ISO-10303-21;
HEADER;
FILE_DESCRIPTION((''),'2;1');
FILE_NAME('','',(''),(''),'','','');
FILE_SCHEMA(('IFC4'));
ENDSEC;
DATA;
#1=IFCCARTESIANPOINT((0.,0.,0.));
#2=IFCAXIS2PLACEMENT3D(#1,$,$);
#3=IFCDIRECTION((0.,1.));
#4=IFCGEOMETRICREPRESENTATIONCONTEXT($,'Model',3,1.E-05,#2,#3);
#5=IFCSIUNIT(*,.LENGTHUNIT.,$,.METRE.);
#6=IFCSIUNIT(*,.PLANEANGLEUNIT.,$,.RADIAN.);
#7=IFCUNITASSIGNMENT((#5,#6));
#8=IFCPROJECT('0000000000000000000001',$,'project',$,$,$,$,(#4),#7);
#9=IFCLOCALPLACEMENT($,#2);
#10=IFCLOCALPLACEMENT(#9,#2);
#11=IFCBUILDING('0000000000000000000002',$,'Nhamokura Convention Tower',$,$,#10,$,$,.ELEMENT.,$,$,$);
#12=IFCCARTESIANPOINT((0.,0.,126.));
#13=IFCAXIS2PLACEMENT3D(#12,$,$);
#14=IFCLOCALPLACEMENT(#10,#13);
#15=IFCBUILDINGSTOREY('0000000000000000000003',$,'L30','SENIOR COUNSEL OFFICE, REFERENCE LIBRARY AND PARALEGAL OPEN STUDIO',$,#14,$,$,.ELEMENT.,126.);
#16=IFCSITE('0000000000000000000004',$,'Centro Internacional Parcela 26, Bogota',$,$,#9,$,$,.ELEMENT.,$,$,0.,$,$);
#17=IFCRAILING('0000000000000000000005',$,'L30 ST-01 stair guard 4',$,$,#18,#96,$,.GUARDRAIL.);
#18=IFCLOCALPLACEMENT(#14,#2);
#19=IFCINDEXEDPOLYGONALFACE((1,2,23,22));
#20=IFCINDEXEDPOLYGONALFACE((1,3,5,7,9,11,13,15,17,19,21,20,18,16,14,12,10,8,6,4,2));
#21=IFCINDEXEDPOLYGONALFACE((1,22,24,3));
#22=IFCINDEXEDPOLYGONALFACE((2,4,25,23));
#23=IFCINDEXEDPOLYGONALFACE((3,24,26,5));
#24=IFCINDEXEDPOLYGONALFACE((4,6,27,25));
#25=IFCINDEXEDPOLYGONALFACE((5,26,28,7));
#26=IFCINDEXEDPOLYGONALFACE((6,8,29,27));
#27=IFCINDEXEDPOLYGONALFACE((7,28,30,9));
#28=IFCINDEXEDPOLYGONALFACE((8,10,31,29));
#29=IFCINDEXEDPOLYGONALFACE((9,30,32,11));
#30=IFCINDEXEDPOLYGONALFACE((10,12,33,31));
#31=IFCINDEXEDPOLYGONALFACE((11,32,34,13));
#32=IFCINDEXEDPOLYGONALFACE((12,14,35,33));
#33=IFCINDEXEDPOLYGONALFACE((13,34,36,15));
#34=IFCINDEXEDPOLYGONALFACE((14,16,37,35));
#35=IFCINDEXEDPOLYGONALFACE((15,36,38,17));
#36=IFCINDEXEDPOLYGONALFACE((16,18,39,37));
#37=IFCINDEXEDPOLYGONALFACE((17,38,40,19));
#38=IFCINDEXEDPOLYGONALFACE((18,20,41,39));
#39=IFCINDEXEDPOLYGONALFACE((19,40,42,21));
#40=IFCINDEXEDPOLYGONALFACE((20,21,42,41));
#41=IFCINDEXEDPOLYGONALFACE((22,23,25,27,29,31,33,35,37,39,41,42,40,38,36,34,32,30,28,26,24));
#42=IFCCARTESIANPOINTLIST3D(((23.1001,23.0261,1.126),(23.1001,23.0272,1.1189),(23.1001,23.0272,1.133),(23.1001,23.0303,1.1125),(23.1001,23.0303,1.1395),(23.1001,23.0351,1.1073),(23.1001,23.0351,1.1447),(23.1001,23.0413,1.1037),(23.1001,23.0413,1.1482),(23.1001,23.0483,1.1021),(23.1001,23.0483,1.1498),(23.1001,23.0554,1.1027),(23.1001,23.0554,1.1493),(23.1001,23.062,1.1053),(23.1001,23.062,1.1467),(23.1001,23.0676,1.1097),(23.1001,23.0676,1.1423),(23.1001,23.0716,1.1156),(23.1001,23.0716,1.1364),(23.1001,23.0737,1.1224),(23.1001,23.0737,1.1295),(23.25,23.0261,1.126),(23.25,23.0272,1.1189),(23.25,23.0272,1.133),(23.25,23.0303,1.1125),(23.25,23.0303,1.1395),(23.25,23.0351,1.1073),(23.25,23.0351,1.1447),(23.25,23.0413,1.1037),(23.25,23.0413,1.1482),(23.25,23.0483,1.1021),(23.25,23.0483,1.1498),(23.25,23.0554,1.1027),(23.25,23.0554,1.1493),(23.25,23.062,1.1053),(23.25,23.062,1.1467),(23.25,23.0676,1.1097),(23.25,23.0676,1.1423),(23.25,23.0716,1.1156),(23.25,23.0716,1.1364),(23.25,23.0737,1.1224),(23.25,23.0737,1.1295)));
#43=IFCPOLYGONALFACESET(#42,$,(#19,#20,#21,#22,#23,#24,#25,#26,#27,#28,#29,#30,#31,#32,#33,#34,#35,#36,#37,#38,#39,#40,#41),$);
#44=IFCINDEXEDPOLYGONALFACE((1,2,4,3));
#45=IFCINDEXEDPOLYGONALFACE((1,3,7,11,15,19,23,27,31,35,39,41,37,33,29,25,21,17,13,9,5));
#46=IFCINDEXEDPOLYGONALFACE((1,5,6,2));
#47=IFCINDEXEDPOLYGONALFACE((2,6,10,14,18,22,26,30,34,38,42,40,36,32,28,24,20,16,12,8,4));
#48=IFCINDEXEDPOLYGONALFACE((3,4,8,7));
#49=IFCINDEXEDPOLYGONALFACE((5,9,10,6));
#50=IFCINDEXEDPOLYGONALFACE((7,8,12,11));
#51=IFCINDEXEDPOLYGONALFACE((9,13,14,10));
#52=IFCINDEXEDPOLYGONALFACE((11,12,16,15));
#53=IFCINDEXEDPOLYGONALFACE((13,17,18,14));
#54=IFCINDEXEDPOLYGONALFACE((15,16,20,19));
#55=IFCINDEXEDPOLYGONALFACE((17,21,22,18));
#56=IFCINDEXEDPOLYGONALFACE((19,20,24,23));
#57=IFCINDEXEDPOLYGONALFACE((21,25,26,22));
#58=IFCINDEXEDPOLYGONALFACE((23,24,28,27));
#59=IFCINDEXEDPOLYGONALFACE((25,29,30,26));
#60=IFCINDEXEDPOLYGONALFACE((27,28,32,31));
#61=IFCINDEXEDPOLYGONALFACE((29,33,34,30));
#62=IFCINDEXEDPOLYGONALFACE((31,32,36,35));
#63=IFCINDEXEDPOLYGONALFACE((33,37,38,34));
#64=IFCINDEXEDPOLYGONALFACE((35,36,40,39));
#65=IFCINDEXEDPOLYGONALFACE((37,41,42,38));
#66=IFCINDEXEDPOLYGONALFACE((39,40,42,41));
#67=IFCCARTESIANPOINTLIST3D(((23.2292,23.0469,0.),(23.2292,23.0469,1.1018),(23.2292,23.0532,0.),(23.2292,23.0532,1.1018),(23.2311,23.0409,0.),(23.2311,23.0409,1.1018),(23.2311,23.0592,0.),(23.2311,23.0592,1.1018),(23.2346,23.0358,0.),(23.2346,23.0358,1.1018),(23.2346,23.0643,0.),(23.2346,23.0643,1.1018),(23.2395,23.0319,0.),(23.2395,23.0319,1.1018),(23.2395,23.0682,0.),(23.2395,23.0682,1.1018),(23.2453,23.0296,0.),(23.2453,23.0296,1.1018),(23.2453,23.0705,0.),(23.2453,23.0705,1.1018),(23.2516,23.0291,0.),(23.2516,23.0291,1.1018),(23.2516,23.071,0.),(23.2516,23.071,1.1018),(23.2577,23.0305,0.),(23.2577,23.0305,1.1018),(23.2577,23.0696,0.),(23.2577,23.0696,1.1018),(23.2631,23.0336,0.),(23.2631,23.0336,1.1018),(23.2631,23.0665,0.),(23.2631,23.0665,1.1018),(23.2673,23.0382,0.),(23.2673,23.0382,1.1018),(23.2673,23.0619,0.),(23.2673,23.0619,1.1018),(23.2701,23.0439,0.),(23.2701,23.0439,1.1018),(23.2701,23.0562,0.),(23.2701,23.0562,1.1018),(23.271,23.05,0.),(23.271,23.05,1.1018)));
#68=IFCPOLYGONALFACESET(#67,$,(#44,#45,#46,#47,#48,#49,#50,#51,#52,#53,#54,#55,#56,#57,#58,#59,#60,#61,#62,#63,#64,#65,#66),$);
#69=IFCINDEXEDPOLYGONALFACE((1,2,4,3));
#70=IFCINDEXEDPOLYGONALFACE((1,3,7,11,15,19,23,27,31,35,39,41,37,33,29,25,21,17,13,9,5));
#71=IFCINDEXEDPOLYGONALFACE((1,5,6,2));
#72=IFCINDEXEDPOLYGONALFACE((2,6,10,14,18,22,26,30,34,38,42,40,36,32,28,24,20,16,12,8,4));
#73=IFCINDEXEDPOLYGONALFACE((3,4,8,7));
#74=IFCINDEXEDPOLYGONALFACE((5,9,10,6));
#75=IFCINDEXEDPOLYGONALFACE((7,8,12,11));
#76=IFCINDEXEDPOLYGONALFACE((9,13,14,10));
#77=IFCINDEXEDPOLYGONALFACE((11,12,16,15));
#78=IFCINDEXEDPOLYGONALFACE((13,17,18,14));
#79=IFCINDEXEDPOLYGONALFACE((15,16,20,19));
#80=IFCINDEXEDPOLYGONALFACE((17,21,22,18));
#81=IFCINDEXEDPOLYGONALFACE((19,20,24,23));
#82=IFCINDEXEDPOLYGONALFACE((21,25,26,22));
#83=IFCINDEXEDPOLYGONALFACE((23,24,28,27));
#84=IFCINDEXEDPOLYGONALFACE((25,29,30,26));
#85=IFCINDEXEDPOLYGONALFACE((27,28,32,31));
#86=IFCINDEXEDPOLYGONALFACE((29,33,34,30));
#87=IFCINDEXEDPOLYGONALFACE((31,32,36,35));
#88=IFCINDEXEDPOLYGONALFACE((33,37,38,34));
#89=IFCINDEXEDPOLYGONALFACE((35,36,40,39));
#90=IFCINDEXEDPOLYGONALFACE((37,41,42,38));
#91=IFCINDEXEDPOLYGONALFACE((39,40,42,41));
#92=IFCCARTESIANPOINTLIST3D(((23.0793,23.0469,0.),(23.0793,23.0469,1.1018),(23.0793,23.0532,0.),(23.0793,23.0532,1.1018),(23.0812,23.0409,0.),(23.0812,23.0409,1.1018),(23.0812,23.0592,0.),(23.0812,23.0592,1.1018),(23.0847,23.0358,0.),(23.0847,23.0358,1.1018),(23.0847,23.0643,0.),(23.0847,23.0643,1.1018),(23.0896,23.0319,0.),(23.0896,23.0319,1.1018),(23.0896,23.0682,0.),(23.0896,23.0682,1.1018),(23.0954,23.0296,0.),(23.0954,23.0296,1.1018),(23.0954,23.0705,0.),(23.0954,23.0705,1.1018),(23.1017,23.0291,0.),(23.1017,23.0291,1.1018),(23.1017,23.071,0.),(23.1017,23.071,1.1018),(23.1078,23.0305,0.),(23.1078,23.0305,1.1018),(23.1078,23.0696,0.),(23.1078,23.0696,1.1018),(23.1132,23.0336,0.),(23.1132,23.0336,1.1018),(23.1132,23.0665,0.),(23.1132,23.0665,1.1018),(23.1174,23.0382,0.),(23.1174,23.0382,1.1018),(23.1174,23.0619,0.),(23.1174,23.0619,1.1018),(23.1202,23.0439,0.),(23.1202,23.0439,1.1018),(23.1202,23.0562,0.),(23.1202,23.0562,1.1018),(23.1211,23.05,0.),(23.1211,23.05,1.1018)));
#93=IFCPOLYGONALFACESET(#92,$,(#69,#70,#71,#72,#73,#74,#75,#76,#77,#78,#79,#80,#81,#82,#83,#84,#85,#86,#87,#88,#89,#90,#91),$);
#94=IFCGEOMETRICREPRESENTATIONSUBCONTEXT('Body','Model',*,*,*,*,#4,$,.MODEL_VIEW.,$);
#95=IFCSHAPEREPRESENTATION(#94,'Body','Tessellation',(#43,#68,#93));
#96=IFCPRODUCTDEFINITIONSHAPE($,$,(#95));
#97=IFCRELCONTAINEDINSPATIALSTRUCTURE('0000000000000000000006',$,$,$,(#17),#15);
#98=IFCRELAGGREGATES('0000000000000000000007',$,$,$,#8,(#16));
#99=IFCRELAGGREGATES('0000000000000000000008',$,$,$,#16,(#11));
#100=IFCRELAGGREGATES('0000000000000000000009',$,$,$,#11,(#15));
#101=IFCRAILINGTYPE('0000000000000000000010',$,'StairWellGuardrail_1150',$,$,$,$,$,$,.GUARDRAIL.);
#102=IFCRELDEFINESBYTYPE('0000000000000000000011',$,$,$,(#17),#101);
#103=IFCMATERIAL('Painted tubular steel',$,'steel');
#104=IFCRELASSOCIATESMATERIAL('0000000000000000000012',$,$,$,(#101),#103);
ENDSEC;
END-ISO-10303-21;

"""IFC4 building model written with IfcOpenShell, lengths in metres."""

from ifc_helpers import new_model, si_unit, direction, frame, origin, origin_2d, place, context, subcontext, project, spatial, circle, extrude, material, type_object, element, save


model = new_model("IFC4")

# Units and contexts
model_context = context("Model", 3, precision=1e-05, world=origin(), true_north=direction((0.0, 1.0)))
body_context = subcontext(model_context, "Body", "Model", "MODEL_VIEW")
ifc_project = project(units=[si_unit("LENGTHUNIT", "METRE"), si_unit("PLANEANGLEUNIT", "RADIAN")], contexts=[model_context])

# Site, building, storey
site_placement = place(None, origin())
site = spatial("IfcSite", under=ifc_project, at=site_placement, Name="Centro Internacional Parcela 26, Bogota", CompositionType="ELEMENT", RefElevation=0.0)
building_placement = place(site_placement, origin())
building = spatial("IfcBuilding", under=site, at=building_placement, Name="Nhamokura Convention Tower", CompositionType="ELEMENT")
storey_placement = place(building_placement, frame((0.0, 0.0, 126.0)))
storey = spatial("IfcBuildingStorey", under=building, at=storey_placement, Name="L30", Description="SENIOR COUNSEL OFFICE, REFERENCE LIBRARY AND PARALEGAL OPEN STUDIO", CompositionType="ELEMENT", Elevation=126.0)

# Railing
ifc_material_1 = material(Name="Painted tubular steel", Category="steel")
railing_type_1 = type_object("IfcRailingType", Name="StairWellGuardrail_1150", PredefinedType="GUARDRAIL", material=ifc_material_1)
railing_1_placement = place(storey_placement, frame((23.25, 23.05, 0.0)))
element("IfcRailing", 1, at=railing_1_placement, inside=storey, type_object=railing_type_1, Name="L30 ST-01 stair guard 4", PredefinedType="GUARDRAIL", context=body_context, shape_type="SweptSolid", body=[
    extrude(circle(Radius=0.0239, at=origin_2d()), frame((0.0, 0.0, 1.126), z_axis=(-1.0, 0.0, 0.0), x_axis=(0.0, -1.0, 0.0)), (0.0, 0.0, 1.0), 0.1499),
    extrude(circle(Radius=0.021, at=origin_2d()), origin(), (0.0, 0.0, 1.0), 1.1018),
    extrude(circle(Radius=0.021, at=origin_2d()), frame((-0.1499, 0.0, 0.0)), (0.0, 0.0, 1.0), 1.1018),
])

save(model, "model.ifc")
